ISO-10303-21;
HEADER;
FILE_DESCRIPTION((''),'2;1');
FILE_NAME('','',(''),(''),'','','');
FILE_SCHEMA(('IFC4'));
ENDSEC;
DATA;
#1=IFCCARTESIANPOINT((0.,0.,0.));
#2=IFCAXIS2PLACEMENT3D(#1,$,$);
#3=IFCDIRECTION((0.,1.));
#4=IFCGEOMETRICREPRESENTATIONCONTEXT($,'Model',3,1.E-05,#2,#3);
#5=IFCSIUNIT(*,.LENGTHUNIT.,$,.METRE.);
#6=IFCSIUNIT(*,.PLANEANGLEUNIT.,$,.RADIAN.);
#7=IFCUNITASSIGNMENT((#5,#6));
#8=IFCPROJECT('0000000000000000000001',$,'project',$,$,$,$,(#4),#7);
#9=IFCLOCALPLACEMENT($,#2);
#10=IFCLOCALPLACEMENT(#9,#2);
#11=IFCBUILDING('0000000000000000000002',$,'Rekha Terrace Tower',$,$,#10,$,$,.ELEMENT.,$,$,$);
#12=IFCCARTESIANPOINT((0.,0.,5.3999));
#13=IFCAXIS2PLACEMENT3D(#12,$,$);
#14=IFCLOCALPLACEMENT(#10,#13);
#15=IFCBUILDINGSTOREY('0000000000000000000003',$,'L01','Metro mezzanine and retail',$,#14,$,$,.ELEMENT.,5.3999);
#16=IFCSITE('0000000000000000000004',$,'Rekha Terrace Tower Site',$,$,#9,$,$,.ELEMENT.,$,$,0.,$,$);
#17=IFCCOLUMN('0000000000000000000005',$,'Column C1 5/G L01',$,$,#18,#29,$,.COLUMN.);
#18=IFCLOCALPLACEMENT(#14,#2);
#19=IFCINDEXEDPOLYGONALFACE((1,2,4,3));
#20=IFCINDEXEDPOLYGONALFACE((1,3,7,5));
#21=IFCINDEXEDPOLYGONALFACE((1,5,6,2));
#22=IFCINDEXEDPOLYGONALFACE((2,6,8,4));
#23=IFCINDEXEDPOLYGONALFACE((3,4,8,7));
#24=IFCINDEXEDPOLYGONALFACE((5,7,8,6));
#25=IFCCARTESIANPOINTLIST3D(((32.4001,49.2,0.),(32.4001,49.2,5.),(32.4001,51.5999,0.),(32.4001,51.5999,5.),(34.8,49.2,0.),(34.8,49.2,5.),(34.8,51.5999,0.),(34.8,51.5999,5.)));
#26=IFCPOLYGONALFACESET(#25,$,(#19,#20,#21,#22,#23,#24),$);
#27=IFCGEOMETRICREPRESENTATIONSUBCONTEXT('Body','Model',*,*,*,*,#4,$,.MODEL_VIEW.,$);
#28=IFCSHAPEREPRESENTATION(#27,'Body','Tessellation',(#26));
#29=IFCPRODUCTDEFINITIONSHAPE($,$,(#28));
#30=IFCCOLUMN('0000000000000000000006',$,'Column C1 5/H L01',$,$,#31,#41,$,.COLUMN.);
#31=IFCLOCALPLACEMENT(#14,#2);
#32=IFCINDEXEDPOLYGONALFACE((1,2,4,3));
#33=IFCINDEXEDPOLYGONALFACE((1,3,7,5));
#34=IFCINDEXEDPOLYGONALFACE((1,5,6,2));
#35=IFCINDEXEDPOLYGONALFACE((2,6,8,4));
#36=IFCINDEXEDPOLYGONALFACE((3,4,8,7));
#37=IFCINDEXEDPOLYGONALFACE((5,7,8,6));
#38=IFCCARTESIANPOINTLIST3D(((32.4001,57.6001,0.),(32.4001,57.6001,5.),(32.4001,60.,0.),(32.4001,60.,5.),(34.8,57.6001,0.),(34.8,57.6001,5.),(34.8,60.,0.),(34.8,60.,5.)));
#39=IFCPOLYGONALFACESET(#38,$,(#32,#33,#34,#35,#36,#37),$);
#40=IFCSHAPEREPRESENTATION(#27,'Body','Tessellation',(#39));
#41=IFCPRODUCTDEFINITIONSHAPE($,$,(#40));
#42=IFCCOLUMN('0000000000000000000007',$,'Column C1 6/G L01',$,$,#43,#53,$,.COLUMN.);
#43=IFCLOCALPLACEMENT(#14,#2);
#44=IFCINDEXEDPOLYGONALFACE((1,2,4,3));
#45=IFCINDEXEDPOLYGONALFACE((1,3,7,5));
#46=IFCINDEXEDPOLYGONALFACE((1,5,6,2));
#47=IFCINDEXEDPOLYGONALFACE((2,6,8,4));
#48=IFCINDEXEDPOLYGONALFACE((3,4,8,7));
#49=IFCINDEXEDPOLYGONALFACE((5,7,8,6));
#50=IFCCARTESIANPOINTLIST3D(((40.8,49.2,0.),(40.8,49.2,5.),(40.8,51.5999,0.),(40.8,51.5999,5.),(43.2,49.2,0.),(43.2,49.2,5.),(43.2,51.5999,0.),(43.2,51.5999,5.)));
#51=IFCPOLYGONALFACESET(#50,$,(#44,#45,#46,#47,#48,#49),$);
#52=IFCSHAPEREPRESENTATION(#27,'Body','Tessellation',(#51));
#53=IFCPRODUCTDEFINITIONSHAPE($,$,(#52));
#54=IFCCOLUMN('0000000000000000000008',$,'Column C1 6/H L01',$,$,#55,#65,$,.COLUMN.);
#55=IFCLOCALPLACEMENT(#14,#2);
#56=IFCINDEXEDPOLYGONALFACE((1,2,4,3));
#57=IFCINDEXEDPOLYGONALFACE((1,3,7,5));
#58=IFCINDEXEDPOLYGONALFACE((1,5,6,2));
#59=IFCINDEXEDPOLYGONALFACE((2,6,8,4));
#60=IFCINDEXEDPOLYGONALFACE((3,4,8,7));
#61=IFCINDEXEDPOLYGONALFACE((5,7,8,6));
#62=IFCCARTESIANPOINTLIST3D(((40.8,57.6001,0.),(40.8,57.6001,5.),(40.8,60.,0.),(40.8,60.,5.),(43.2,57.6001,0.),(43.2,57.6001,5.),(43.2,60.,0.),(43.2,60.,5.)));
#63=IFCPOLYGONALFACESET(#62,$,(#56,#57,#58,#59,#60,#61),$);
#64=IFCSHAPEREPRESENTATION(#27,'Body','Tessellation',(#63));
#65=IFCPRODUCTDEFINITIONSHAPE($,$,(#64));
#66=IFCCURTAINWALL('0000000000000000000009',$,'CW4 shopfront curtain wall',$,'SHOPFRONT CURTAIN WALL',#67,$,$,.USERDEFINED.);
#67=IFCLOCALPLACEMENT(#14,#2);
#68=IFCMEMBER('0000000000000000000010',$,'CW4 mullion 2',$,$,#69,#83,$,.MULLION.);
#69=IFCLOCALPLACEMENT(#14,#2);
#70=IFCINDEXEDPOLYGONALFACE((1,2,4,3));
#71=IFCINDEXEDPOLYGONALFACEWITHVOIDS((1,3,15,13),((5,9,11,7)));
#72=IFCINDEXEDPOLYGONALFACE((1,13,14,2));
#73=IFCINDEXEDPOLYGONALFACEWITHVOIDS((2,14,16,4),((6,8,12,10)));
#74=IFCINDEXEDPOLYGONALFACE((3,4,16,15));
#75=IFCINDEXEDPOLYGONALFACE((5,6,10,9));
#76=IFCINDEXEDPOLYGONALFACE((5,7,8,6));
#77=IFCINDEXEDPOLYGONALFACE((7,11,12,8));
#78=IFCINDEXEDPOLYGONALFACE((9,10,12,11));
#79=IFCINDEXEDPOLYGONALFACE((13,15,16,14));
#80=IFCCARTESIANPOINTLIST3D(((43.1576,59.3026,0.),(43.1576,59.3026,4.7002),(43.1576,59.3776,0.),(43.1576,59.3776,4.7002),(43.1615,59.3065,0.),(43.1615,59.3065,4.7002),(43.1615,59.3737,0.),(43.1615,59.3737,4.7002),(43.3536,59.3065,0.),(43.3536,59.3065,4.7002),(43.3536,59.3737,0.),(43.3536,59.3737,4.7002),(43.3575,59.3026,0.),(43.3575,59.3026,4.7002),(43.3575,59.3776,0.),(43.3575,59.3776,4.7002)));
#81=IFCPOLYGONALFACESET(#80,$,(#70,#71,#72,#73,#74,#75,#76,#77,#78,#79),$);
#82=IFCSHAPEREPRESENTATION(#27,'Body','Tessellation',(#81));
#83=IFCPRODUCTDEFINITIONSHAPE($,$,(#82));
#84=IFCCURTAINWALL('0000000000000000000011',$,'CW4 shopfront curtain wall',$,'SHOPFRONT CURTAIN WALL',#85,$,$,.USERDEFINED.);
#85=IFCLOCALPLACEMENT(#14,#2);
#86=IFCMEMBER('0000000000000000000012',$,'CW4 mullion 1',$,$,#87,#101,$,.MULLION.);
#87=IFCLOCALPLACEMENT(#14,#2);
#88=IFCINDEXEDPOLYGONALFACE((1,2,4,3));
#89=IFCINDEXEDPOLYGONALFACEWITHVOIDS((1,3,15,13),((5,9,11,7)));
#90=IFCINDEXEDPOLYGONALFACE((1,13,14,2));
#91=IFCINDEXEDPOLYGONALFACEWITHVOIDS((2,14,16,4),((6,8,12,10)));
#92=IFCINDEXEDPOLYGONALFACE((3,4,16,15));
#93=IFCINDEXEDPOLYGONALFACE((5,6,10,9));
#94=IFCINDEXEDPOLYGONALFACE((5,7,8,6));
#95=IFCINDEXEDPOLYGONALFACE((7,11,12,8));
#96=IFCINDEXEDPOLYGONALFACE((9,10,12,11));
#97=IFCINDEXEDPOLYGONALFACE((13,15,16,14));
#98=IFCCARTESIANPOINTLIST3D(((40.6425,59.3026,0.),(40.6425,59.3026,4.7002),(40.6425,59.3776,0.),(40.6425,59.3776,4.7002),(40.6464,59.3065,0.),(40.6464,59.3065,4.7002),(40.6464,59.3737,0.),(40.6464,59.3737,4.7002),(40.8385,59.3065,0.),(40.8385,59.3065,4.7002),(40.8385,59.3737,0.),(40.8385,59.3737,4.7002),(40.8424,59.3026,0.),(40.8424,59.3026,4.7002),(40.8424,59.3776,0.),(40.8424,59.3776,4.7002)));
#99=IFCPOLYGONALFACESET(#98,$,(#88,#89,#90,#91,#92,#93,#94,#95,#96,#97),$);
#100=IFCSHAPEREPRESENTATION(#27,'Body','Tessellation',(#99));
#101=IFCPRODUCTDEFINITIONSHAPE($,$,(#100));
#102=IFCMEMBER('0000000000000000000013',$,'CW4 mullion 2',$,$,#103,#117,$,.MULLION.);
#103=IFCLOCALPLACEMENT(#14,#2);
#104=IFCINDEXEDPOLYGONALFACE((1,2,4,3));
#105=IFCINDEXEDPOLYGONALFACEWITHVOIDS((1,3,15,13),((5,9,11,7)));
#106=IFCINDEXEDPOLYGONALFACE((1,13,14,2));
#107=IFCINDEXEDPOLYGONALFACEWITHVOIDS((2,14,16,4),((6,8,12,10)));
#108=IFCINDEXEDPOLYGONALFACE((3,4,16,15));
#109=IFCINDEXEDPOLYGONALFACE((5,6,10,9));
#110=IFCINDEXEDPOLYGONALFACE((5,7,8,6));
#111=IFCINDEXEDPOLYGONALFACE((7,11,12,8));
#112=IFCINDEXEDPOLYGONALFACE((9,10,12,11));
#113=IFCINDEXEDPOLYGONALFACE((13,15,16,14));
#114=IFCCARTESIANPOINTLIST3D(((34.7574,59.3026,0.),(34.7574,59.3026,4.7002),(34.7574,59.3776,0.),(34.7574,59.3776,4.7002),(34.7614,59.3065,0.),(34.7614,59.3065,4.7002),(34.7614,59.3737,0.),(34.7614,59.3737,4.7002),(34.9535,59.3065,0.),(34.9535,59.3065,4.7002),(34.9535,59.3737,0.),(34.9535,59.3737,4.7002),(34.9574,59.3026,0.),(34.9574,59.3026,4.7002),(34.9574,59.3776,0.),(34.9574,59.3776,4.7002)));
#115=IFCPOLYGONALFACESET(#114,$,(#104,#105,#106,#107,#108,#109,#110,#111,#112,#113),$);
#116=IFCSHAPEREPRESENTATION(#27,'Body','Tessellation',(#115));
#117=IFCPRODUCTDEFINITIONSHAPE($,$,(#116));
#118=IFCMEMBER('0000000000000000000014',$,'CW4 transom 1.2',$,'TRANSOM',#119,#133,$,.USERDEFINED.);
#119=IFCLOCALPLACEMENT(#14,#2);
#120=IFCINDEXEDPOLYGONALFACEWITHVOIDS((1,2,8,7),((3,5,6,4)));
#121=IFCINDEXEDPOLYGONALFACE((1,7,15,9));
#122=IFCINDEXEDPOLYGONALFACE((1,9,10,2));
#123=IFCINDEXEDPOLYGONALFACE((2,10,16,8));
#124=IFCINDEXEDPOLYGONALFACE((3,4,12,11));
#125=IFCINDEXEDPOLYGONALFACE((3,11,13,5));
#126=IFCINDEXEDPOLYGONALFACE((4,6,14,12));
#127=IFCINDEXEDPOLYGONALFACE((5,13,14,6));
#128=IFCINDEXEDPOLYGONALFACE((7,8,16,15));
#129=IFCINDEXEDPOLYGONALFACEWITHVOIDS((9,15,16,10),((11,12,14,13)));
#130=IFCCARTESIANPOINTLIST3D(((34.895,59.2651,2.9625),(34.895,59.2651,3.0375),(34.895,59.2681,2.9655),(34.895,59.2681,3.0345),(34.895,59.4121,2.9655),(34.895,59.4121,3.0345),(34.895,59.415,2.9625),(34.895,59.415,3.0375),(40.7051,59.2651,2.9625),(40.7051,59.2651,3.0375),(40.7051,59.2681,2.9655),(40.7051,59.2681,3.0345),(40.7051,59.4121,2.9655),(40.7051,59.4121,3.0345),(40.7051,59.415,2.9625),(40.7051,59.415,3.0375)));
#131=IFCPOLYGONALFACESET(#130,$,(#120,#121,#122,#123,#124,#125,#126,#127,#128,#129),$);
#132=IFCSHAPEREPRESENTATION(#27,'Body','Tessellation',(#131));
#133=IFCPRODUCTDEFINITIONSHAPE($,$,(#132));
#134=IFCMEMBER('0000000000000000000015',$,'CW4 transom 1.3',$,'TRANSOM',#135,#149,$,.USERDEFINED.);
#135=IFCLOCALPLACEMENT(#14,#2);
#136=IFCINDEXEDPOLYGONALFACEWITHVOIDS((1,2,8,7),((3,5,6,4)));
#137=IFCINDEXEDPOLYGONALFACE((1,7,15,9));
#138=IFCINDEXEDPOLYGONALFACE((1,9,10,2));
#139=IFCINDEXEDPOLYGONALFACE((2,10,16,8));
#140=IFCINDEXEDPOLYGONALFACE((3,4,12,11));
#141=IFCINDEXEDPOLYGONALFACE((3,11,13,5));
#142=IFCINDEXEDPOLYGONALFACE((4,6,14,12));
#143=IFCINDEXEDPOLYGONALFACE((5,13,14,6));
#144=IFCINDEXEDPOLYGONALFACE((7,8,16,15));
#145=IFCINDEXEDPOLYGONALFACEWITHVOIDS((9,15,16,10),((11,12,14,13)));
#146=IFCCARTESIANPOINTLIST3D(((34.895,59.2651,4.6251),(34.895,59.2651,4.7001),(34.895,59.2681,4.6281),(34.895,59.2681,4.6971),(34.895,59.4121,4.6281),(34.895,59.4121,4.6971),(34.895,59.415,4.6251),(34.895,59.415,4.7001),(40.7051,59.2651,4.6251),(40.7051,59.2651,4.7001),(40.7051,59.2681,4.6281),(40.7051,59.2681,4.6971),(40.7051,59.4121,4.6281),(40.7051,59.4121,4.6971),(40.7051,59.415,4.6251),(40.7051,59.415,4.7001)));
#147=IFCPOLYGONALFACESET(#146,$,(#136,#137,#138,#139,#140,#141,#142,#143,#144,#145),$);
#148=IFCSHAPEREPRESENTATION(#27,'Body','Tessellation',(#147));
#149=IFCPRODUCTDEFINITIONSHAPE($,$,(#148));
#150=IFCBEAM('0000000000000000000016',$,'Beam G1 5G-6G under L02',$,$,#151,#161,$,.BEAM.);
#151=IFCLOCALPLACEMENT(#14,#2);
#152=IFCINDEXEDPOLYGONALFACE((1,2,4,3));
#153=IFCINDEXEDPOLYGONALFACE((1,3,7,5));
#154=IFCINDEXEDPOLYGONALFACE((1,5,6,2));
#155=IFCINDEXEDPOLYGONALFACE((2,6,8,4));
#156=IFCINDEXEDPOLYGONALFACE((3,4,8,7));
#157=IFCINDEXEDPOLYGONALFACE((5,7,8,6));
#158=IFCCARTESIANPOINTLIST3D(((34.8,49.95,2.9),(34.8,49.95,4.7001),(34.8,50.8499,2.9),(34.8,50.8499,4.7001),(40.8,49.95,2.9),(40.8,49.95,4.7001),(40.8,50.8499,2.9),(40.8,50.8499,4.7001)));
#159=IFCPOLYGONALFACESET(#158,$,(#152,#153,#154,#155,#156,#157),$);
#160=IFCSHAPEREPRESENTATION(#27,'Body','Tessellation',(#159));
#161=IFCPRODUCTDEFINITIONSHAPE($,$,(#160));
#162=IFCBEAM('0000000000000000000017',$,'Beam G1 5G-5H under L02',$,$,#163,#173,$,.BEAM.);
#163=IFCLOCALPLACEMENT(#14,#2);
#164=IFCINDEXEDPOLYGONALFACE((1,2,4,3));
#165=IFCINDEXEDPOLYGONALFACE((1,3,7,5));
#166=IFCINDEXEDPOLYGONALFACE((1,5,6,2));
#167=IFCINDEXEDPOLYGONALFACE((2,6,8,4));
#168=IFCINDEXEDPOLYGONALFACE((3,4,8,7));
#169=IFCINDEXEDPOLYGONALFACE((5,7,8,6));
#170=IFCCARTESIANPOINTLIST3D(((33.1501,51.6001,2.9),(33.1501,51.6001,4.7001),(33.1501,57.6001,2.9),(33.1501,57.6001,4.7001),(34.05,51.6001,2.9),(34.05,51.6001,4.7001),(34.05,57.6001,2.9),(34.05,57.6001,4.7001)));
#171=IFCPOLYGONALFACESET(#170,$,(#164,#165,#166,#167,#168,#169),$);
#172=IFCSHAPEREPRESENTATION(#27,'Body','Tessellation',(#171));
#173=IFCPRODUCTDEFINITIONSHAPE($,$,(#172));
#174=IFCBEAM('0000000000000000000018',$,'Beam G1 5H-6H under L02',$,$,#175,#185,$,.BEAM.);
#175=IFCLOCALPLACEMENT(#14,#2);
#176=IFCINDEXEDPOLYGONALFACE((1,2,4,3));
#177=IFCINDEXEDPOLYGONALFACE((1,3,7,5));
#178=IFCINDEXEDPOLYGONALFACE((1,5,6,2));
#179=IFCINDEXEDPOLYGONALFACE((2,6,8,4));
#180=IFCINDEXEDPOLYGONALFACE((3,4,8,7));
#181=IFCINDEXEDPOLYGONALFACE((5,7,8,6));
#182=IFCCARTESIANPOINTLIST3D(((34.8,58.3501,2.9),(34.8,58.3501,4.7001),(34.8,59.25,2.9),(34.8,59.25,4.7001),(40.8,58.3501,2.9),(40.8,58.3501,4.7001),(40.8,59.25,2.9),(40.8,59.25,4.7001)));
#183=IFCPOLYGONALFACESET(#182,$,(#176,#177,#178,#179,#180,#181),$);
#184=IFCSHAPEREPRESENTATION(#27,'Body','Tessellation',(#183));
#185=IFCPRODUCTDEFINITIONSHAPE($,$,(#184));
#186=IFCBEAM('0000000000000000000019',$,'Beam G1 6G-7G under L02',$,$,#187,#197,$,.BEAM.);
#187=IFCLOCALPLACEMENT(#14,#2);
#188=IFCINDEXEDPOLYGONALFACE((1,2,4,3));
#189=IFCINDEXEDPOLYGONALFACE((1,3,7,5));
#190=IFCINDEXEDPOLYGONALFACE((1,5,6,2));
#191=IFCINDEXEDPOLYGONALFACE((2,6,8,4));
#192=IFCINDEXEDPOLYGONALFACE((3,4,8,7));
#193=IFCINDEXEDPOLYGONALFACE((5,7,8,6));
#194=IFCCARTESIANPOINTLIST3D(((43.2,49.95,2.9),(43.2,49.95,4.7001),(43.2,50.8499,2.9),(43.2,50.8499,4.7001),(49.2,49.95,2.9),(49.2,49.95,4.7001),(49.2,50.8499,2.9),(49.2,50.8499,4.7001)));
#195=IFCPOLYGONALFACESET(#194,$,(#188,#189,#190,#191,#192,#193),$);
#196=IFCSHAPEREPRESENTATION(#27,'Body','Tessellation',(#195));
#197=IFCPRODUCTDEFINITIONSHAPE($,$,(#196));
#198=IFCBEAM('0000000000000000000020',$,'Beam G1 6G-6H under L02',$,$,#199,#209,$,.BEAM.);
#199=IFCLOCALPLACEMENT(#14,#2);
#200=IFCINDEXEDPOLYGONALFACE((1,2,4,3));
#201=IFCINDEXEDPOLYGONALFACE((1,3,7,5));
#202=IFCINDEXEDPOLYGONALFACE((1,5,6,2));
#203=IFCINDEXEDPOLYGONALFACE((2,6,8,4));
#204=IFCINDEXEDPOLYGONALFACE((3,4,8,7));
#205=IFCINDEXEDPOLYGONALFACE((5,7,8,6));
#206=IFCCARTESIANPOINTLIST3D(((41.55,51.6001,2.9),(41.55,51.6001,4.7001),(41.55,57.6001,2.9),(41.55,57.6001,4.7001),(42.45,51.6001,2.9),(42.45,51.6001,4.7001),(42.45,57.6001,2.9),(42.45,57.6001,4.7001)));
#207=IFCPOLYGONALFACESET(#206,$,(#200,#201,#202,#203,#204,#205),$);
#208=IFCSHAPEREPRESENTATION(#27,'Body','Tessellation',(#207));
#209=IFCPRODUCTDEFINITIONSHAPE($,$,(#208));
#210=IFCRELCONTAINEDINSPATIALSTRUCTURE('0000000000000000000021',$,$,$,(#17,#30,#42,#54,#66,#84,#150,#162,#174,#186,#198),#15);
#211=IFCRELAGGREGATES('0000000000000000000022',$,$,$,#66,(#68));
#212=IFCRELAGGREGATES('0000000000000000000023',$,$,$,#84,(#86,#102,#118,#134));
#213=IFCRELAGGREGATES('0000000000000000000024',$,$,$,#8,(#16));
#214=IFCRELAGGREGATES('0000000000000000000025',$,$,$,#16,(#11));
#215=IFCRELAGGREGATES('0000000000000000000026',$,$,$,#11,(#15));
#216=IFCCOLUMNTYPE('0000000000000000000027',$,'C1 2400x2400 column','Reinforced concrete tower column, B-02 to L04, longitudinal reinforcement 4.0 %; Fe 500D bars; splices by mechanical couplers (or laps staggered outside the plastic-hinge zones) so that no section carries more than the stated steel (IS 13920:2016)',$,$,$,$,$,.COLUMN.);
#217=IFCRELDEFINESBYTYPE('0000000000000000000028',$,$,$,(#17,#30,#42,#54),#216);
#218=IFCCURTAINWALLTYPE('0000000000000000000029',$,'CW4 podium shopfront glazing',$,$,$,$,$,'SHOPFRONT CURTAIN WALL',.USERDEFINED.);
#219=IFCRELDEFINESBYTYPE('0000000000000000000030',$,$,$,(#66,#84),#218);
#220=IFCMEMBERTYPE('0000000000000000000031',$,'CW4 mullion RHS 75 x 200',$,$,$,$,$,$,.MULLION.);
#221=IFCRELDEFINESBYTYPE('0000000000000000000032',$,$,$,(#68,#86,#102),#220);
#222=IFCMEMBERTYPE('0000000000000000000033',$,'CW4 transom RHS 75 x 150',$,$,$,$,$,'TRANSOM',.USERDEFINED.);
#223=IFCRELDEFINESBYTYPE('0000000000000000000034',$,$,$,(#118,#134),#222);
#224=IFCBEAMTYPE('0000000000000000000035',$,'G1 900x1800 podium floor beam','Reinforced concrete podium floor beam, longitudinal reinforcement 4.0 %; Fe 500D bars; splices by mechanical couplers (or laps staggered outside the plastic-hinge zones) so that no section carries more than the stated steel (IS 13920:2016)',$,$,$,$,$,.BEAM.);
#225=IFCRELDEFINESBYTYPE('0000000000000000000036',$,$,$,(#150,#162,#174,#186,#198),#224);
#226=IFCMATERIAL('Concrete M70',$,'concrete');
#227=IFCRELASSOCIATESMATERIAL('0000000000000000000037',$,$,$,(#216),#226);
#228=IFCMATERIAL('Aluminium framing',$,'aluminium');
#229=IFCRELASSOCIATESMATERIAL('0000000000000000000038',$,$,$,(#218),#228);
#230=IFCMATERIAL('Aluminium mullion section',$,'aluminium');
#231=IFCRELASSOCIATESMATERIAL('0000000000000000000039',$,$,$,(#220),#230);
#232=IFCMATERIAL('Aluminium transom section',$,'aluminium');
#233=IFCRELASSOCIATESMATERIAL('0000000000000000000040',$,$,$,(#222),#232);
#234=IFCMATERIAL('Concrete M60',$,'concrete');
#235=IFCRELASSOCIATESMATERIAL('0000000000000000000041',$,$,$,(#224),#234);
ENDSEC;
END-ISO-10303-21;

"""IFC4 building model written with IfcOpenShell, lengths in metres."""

from ifc_helpers import new_model, si_unit, direction, frame, origin, origin_2d, place, context, subcontext, project, spatial, rectangle, hollow_rectangle, extrude, material, material_profile, profile_set, type_object, element, aggregate, save


model = new_model("IFC4")

# Units and contexts
model_context = context("Model", 3, precision=1e-05, world=origin(), true_north=direction((0.0, 1.0)))
body_context = subcontext(model_context, "Body", "Model", "MODEL_VIEW")
ifc_project = project(units=[si_unit("LENGTHUNIT", "METRE"), si_unit("PLANEANGLEUNIT", "RADIAN")], contexts=[model_context])

# Site, building, storey
site_placement = place(None, origin())
site = spatial("IfcSite", under=ifc_project, at=site_placement, Name="Rekha Terrace Tower Site", CompositionType="ELEMENT", RefElevation=0.0)
building_placement = place(site_placement, origin())
building = spatial("IfcBuilding", under=site, at=building_placement, Name="Rekha Terrace Tower", CompositionType="ELEMENT")
storey_placement = place(building_placement, frame((0.0, 0.0, 5.3999)))
storey = spatial("IfcBuildingStorey", under=building, at=storey_placement, Name="L01", Description="Metro mezzanine and retail", CompositionType="ELEMENT", Elevation=5.3999)

# Columns
ifc_material_1 = material(Name="Concrete M70", Category="concrete")
ifc_material_profile_1 = material_profile(ifc_material_1, rectangle(XDim=2.3999, YDim=2.3999, at=origin_2d()), Name="RC 2400x2400")
ifc_profile_set_1 = profile_set([ifc_material_profile_1], Name="Concrete M70")
column_type = type_object("IfcColumnType", Name="C1 2400x2400 column", Description="Reinforced concrete tower column, B-02 to L04, longitudinal reinforcement 4.0 %; Fe 500D bars; splices by mechanical couplers (or laps staggered outside the plastic-hinge zones) so that no section carries more than the stated steel (IS 13920:2016)", PredefinedType="COLUMN", material=ifc_profile_set_1)
for number, where, z_axis, x_axis, name in (
    (1, (33.6001, 50.3999, 0.0), (0.0, 0.0, 1.0), (1.0, 0.0, 0.0), "Column C1 5/G L01"),
    (2, (33.6001, 58.8, 0.0), (0.0, 0.0, 1.0), (1.0, 0.0, 0.0), "Column C1 5/H L01"),
    (3, (42.0, 50.3999, 0.0), (0.0, 0.0, 1.0), (1.0, 0.0, 0.0), "Column C1 6/G L01"),
    (4, (42.0, 58.8, 0.0), (0.0, 0.0, 1.0), (1.0, 0.0, 0.0), "Column C1 6/H L01"),
):
    element("IfcColumn", number, at=place(storey_placement, frame(where, z_axis=z_axis, x_axis=x_axis)), inside=storey, type_object=column_type, Name=name, PredefinedType="COLUMN", context=body_context, shape_type="SweptSolid", body=[
        extrude(rectangle(XDim=2.3999, YDim=2.3999, at=origin_2d()), origin(), (0.0, 0.0, 1.0), 5.0),
    ])

# Curtain wall, member
ifc_material_2 = material(Name="Aluminium framing", Category="aluminium")
curtain_wall_type = type_object("IfcCurtainWallType", Name="CW4 podium shopfront glazing", ElementType="SHOPFRONT CURTAIN WALL", PredefinedType="USERDEFINED", material=ifc_material_2)
curtain_wall_1_placement = place(storey_placement, origin())
curtain_wall_1 = element("IfcCurtainWall", 5, at=curtain_wall_1_placement, inside=storey, type_object=curtain_wall_type, Name="CW4 shopfront curtain wall", ObjectType="SHOPFRONT CURTAIN WALL", PredefinedType="USERDEFINED")
ifc_material_3 = material(Name="Aluminium mullion section", Category="aluminium")
ifc_material_profile_2 = material_profile(ifc_material_3, hollow_rectangle(XDim=0.075, YDim=0.2, WallThickness=0.0039, at=origin_2d()), Name="AL RHS 75x200")
ifc_profile_set_2 = profile_set([ifc_material_profile_2], Name="Aluminium mullion section")
member_type_1 = type_object("IfcMemberType", Name="CW4 mullion RHS 75 x 200", PredefinedType="MULLION", material=ifc_profile_set_2)
member_1_placement = place(storey_placement, frame((43.2576, 59.3401, 0.0), z_axis=(0.0, 0.0, 1.0), x_axis=(0.0, -1.0, 0.0)))
member_1 = element("IfcMember", 6, at=member_1_placement, type_object=member_type_1, Name="CW4 mullion 2", PredefinedType="MULLION", context=body_context, shape_type="SweptSolid", body=[
    extrude(hollow_rectangle(XDim=0.075, YDim=0.2, WallThickness=0.0039, at=origin_2d()), origin(), (0.0, 0.0, 1.0), 4.7002),
])
aggregate(curtain_wall_1, [member_1])

# Curtain wall, members
curtain_wall_2_placement = place(storey_placement, origin())
curtain_wall_2 = element("IfcCurtainWall", 7, at=curtain_wall_2_placement, inside=storey, type_object=curtain_wall_type, Name="CW4 shopfront curtain wall", ObjectType="SHOPFRONT CURTAIN WALL", PredefinedType="USERDEFINED")
member_2_placement = place(storey_placement, frame((40.7424, 59.3401, 0.0), z_axis=(0.0, 0.0, 1.0), x_axis=(0.0, -1.0, 0.0)))
member_2 = element("IfcMember", 8, at=member_2_placement, type_object=member_type_1, Name="CW4 mullion 1", PredefinedType="MULLION", context=body_context, shape_type="SweptSolid", body=[
    extrude(hollow_rectangle(XDim=0.075, YDim=0.2, WallThickness=0.0039, at=origin_2d()), origin(), (0.0, 0.0, 1.0), 4.7002),
])
member_3_placement = place(storey_placement, frame((34.8574, 59.3401, 0.0), z_axis=(0.0, 0.0, 1.0), x_axis=(0.0, -1.0, 0.0)))
member_3 = element("IfcMember", 9, at=member_3_placement, type_object=member_type_1, Name="CW4 mullion 2", PredefinedType="MULLION", context=body_context, shape_type="SweptSolid", body=[
    extrude(hollow_rectangle(XDim=0.075, YDim=0.2, WallThickness=0.0039, at=origin_2d()), origin(), (0.0, 0.0, 1.0), 4.7002),
])
ifc_material_4 = material(Name="Aluminium transom section", Category="aluminium")
ifc_material_profile_3 = material_profile(ifc_material_4, hollow_rectangle(XDim=0.1499, YDim=0.075, WallThickness=0.0029, at=origin_2d()), Name="AL RHS 150x75")
ifc_profile_set_3 = profile_set([ifc_material_profile_3], Name="Aluminium transom section")
member_type_2 = type_object("IfcMemberType", Name="CW4 transom RHS 75 x 150", ElementType="TRANSOM", PredefinedType="USERDEFINED", material=ifc_profile_set_3)
member_4_placement = place(storey_placement, frame((40.7051, 59.3401, 3.0), z_axis=(-1.0, 0.0, 0.0), x_axis=(0.0, -1.0, 0.0)))
member_4 = element("IfcMember", 10, at=member_4_placement, type_object=member_type_2, Name="CW4 transom 1.2", ObjectType="TRANSOM", PredefinedType="USERDEFINED", context=body_context, shape_type="SweptSolid", body=[
    extrude(hollow_rectangle(XDim=0.1499, YDim=0.075, WallThickness=0.0029, at=origin_2d()), origin(), (0.0, 0.0, 1.0), 5.8101),
])
member_5_placement = place(storey_placement, frame((40.7051, 59.3401, 4.6626), z_axis=(-1.0, 0.0, 0.0), x_axis=(0.0, -1.0, 0.0)))
member_5 = element("IfcMember", 11, at=member_5_placement, type_object=member_type_2, Name="CW4 transom 1.3", ObjectType="TRANSOM", PredefinedType="USERDEFINED", context=body_context, shape_type="SweptSolid", body=[
    extrude(hollow_rectangle(XDim=0.1499, YDim=0.075, WallThickness=0.0029, at=origin_2d()), origin(), (0.0, 0.0, 1.0), 5.8101),
])

# Beams
ifc_material_5 = material(Name="Concrete M60", Category="concrete")
ifc_material_profile_4 = material_profile(ifc_material_5, rectangle(XDim=0.8999, YDim=1.8, at=origin_2d()), Name="RC 900x1800")
ifc_profile_set_4 = profile_set([ifc_material_profile_4], Name="Concrete M60")
beam_type_1 = type_object("IfcBeamType", Name="G1 900x1800 podium floor beam", Description="Reinforced concrete podium floor beam, longitudinal reinforcement 4.0 %; Fe 500D bars; splices by mechanical couplers (or laps staggered outside the plastic-hinge zones) so that no section carries more than the stated steel (IS 13920:2016)", PredefinedType="BEAM", material=ifc_profile_set_4)
for number, where, z_axis, x_axis, name in (
    (12, (34.8, 50.3999, 3.8), (1.0, 0.0, 0.0), (0.0, 1.0, 0.0), "Beam G1 5G-6G under L02"),
    (13, (33.6001, 51.6001, 3.8), (0.0, 1.0, 0.0), (-1.0, 0.0, 0.0), "Beam G1 5G-5H under L02"),
    (14, (34.8, 58.8, 3.8), (1.0, 0.0, 0.0), (0.0, 1.0, 0.0), "Beam G1 5H-6H under L02"),
    (15, (43.2, 50.3999, 3.8), (1.0, 0.0, 0.0), (0.0, 1.0, 0.0), "Beam G1 6G-7G under L02"),
    (16, (42.0, 51.6001, 3.8), (0.0, 1.0, 0.0), (-1.0, 0.0, 0.0), "Beam G1 6G-6H under L02"),
):
    element("IfcBeam", number, at=place(storey_placement, frame(where, z_axis=z_axis, x_axis=x_axis)), inside=storey, type_object=beam_type_1, Name=name, PredefinedType="BEAM", context=body_context, shape_type="SweptSolid", body=[
        extrude(rectangle(XDim=0.8999, YDim=1.8, at=origin_2d()), origin(), (0.0, 0.0, 1.0), 6.0),
    ])

aggregate(curtain_wall_2, [member_2, member_3, member_4, member_5])

save(model, "model.ifc")
